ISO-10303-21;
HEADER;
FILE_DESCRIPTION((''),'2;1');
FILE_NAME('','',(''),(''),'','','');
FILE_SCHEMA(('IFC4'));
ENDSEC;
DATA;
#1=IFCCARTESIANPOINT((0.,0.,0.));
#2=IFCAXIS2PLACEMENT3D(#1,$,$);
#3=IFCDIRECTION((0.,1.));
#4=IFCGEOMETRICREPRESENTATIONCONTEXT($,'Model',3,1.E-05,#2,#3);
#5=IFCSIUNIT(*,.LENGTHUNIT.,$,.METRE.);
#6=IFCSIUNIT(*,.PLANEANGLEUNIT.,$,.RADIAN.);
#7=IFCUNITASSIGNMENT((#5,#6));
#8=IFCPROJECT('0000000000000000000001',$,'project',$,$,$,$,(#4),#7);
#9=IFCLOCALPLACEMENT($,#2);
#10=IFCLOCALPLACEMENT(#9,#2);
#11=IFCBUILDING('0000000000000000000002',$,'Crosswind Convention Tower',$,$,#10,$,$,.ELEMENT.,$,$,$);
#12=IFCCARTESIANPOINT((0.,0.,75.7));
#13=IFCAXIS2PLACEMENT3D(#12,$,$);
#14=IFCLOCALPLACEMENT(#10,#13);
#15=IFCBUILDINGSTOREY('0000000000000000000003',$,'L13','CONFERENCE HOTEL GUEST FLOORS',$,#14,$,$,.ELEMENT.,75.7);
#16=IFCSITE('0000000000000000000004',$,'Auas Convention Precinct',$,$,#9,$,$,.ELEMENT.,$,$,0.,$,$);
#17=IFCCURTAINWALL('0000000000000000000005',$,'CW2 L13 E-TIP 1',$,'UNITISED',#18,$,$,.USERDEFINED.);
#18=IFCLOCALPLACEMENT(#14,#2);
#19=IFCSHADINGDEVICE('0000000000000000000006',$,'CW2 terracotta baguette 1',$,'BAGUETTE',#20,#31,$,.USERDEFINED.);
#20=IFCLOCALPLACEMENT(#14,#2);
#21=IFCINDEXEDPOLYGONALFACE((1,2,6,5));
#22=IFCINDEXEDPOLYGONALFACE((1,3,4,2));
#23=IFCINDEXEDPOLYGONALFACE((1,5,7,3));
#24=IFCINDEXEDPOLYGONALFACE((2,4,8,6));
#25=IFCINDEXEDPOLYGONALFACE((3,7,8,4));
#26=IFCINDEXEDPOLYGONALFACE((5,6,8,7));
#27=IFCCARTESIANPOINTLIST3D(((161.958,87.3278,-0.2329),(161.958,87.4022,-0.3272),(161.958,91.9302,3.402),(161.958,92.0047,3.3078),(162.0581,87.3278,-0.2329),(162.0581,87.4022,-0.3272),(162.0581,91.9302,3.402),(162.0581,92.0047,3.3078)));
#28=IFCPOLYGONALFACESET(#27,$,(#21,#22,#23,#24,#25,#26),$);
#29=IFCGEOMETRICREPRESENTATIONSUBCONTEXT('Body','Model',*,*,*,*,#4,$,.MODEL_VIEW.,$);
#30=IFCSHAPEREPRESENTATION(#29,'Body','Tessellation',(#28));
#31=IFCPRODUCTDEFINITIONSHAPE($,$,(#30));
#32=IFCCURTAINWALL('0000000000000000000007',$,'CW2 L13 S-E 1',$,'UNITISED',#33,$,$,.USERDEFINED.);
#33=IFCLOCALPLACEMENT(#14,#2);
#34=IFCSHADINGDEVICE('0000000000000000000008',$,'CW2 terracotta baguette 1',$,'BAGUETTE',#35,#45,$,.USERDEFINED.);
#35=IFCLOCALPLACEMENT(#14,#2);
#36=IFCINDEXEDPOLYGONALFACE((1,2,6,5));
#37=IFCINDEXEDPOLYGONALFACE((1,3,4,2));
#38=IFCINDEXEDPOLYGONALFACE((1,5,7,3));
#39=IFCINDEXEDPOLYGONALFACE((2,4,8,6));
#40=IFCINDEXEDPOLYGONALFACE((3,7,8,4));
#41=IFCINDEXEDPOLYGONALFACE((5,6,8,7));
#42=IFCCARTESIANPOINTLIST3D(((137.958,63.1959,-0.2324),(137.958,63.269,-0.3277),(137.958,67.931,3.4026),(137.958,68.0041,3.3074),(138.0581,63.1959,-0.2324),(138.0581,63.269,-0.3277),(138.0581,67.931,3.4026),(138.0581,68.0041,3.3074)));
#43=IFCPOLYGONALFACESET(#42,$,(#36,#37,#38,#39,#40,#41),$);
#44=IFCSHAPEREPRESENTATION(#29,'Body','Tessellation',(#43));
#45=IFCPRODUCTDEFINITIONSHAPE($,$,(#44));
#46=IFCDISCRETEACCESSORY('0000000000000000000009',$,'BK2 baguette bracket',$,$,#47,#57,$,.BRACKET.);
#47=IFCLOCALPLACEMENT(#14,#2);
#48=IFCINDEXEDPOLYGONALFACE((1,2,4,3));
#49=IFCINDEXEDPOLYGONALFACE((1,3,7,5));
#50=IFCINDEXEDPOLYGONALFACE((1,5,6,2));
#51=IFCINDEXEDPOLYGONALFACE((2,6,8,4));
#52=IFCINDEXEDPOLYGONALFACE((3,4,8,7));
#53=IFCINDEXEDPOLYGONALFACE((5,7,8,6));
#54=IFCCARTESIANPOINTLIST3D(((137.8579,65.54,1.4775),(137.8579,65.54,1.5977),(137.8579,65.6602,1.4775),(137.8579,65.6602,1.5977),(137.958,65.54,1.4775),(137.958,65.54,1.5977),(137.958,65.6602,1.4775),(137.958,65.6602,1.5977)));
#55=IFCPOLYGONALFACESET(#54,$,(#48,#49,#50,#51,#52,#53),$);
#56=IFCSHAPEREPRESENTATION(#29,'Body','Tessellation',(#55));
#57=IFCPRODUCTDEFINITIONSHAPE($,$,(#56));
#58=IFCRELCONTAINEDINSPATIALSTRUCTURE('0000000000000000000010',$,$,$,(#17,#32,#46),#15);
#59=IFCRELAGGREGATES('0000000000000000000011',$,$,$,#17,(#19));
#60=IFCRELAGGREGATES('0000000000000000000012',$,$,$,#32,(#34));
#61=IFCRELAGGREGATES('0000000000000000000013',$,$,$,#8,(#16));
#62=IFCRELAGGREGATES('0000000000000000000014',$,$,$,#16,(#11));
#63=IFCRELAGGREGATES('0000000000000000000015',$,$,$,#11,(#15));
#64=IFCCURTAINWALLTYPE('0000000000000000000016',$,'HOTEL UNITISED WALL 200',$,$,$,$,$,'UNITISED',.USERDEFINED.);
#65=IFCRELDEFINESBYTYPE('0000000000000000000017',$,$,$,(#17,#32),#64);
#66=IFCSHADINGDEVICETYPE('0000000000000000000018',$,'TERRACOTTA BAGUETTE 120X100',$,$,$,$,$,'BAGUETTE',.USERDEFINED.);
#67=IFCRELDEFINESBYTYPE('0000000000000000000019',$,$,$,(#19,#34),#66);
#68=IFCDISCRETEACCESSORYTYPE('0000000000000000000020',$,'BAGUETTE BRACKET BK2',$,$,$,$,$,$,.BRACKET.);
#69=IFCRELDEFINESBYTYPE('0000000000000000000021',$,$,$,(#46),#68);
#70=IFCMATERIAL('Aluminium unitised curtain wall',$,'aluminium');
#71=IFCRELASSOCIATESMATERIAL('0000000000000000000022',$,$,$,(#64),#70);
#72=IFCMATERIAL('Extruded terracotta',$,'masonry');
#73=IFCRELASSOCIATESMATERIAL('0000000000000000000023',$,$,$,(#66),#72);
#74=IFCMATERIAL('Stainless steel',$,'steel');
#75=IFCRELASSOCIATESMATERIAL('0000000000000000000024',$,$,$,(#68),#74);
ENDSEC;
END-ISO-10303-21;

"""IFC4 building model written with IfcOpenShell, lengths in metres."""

from ifc_helpers import new_model, si_unit, direction, frame, origin, origin_2d, place, context, subcontext, project, spatial, rectangle, extrude, material, material_profile, profile_set, type_object, element, aggregate, save


model = new_model("IFC4")

# Units and contexts
model_context = context("Model", 3, precision=1e-05, world=origin(), true_north=direction((0.0, 1.0)))
body_context = subcontext(model_context, "Body", "Model", "MODEL_VIEW")
ifc_project = project(units=[si_unit("LENGTHUNIT", "METRE"), si_unit("PLANEANGLEUNIT", "RADIAN")], contexts=[model_context])

# Site, building, storey
site_placement = place(None, origin())
site = spatial("IfcSite", under=ifc_project, at=site_placement, Name="Auas Convention Precinct", CompositionType="ELEMENT", RefElevation=0.0)
building_placement = place(site_placement, origin())
building = spatial("IfcBuilding", under=site, at=building_placement, Name="Crosswind Convention Tower", CompositionType="ELEMENT")
storey_placement = place(building_placement, frame((0.0, 0.0, 75.7)))
storey = spatial("IfcBuildingStorey", under=building, at=storey_placement, Name="L13", Description="CONFERENCE HOTEL GUEST FLOORS", CompositionType="ELEMENT", Elevation=75.7)

# Shared definitions
ifc_material_1 = material(Name="Aluminium unitised curtain wall", Category="aluminium")

# Curtain wall
curtain_wall_type_1 = type_object("IfcCurtainWallType", Name="HOTEL UNITISED WALL 200", ElementType="UNITISED", PredefinedType="USERDEFINED", material=ifc_material_1)
curtain_wall_1_placement = place(storey_placement, origin())
curtain_wall_1 = element("IfcCurtainWall", 1, at=curtain_wall_1_placement, inside=storey, type_object=curtain_wall_type_1, Name="CW2 L13 E-TIP 1", ObjectType="UNITISED", PredefinedType="USERDEFINED")

# Shading device
ifc_material_2 = material(Name="Extruded terracotta", Category="masonry")
ifc_material_profile_1 = material_profile(ifc_material_2, rectangle(XDim=0.1001, YDim=0.1201, at=origin_2d()), Name="TC 100X120")
ifc_profile_set_1 = profile_set([ifc_material_profile_1], Name="Extruded terracotta")
shading_device_type = type_object("IfcShadingDeviceType", Name="TERRACOTTA BAGUETTE 120X100", ElementType="BAGUETTE", PredefinedType="USERDEFINED", material=ifc_profile_set_1)
shading_device_1_placement = place(storey_placement, frame((162.0081, 87.365, -0.28), z_axis=(0.0, 0.784764, 0.619794), x_axis=(-1.0, 0.0, 0.0)))
shading_device_1 = element("IfcShadingDevice", 2, at=shading_device_1_placement, type_object=shading_device_type, Name="CW2 terracotta baguette 1", ObjectType="BAGUETTE", PredefinedType="USERDEFINED", context=body_context, shape_type="SweptSolid", body=[
    extrude(rectangle(XDim=0.1001, YDim=0.1201, at=origin_2d()), origin(), (0.0, 0.0, 1.0), 5.8647),
])
aggregate(curtain_wall_1, [shading_device_1])

# Curtain wall, shading device
curtain_wall_2_placement = place(storey_placement, origin())
curtain_wall_2 = element("IfcCurtainWall", 3, at=curtain_wall_2_placement, inside=storey, type_object=curtain_wall_type_1, Name="CW2 L13 S-E 1", ObjectType="UNITISED", PredefinedType="USERDEFINED")
shading_device_2_placement = place(storey_placement, frame((138.0081, 63.2324, -0.28), z_axis=(0.0, 0.793221, 0.608934), x_axis=(-1.0, 0.0, 0.0)))
shading_device_2 = element("IfcShadingDevice", 4, at=shading_device_2_placement, type_object=shading_device_type, Name="CW2 terracotta baguette 1", ObjectType="BAGUETTE", PredefinedType="USERDEFINED", context=body_context, shape_type="SweptSolid", body=[
    extrude(rectangle(XDim=0.1001, YDim=0.1201, at=origin_2d()), origin(), (0.0, 0.0, 1.0), 5.9695),
])
aggregate(curtain_wall_2, [shading_device_2])

# Discrete accessory
ifc_material_3 = material(Name="Stainless steel", Category="steel")
discrete_accessory_type = type_object("IfcDiscreteAccessoryType", Name="BAGUETTE BRACKET BK2", PredefinedType="BRACKET", material=ifc_material_3)
discrete_accessory_placement = place(storey_placement, frame((137.908, 65.6001, 1.4775), z_axis=(0.0, 0.0, 1.0), x_axis=(0.0, 1.0, 0.0)))
element("IfcDiscreteAccessory", 5, at=discrete_accessory_placement, inside=storey, type_object=discrete_accessory_type, Name="BK2 baguette bracket", PredefinedType="BRACKET", context=body_context, shape_type="SweptSolid", body=[
    extrude(rectangle(XDim=0.1201, YDim=0.1001, at=origin_2d()), origin(), (0.0, 0.0, 1.0), 0.1201),
])

save(model, "model.ifc")
